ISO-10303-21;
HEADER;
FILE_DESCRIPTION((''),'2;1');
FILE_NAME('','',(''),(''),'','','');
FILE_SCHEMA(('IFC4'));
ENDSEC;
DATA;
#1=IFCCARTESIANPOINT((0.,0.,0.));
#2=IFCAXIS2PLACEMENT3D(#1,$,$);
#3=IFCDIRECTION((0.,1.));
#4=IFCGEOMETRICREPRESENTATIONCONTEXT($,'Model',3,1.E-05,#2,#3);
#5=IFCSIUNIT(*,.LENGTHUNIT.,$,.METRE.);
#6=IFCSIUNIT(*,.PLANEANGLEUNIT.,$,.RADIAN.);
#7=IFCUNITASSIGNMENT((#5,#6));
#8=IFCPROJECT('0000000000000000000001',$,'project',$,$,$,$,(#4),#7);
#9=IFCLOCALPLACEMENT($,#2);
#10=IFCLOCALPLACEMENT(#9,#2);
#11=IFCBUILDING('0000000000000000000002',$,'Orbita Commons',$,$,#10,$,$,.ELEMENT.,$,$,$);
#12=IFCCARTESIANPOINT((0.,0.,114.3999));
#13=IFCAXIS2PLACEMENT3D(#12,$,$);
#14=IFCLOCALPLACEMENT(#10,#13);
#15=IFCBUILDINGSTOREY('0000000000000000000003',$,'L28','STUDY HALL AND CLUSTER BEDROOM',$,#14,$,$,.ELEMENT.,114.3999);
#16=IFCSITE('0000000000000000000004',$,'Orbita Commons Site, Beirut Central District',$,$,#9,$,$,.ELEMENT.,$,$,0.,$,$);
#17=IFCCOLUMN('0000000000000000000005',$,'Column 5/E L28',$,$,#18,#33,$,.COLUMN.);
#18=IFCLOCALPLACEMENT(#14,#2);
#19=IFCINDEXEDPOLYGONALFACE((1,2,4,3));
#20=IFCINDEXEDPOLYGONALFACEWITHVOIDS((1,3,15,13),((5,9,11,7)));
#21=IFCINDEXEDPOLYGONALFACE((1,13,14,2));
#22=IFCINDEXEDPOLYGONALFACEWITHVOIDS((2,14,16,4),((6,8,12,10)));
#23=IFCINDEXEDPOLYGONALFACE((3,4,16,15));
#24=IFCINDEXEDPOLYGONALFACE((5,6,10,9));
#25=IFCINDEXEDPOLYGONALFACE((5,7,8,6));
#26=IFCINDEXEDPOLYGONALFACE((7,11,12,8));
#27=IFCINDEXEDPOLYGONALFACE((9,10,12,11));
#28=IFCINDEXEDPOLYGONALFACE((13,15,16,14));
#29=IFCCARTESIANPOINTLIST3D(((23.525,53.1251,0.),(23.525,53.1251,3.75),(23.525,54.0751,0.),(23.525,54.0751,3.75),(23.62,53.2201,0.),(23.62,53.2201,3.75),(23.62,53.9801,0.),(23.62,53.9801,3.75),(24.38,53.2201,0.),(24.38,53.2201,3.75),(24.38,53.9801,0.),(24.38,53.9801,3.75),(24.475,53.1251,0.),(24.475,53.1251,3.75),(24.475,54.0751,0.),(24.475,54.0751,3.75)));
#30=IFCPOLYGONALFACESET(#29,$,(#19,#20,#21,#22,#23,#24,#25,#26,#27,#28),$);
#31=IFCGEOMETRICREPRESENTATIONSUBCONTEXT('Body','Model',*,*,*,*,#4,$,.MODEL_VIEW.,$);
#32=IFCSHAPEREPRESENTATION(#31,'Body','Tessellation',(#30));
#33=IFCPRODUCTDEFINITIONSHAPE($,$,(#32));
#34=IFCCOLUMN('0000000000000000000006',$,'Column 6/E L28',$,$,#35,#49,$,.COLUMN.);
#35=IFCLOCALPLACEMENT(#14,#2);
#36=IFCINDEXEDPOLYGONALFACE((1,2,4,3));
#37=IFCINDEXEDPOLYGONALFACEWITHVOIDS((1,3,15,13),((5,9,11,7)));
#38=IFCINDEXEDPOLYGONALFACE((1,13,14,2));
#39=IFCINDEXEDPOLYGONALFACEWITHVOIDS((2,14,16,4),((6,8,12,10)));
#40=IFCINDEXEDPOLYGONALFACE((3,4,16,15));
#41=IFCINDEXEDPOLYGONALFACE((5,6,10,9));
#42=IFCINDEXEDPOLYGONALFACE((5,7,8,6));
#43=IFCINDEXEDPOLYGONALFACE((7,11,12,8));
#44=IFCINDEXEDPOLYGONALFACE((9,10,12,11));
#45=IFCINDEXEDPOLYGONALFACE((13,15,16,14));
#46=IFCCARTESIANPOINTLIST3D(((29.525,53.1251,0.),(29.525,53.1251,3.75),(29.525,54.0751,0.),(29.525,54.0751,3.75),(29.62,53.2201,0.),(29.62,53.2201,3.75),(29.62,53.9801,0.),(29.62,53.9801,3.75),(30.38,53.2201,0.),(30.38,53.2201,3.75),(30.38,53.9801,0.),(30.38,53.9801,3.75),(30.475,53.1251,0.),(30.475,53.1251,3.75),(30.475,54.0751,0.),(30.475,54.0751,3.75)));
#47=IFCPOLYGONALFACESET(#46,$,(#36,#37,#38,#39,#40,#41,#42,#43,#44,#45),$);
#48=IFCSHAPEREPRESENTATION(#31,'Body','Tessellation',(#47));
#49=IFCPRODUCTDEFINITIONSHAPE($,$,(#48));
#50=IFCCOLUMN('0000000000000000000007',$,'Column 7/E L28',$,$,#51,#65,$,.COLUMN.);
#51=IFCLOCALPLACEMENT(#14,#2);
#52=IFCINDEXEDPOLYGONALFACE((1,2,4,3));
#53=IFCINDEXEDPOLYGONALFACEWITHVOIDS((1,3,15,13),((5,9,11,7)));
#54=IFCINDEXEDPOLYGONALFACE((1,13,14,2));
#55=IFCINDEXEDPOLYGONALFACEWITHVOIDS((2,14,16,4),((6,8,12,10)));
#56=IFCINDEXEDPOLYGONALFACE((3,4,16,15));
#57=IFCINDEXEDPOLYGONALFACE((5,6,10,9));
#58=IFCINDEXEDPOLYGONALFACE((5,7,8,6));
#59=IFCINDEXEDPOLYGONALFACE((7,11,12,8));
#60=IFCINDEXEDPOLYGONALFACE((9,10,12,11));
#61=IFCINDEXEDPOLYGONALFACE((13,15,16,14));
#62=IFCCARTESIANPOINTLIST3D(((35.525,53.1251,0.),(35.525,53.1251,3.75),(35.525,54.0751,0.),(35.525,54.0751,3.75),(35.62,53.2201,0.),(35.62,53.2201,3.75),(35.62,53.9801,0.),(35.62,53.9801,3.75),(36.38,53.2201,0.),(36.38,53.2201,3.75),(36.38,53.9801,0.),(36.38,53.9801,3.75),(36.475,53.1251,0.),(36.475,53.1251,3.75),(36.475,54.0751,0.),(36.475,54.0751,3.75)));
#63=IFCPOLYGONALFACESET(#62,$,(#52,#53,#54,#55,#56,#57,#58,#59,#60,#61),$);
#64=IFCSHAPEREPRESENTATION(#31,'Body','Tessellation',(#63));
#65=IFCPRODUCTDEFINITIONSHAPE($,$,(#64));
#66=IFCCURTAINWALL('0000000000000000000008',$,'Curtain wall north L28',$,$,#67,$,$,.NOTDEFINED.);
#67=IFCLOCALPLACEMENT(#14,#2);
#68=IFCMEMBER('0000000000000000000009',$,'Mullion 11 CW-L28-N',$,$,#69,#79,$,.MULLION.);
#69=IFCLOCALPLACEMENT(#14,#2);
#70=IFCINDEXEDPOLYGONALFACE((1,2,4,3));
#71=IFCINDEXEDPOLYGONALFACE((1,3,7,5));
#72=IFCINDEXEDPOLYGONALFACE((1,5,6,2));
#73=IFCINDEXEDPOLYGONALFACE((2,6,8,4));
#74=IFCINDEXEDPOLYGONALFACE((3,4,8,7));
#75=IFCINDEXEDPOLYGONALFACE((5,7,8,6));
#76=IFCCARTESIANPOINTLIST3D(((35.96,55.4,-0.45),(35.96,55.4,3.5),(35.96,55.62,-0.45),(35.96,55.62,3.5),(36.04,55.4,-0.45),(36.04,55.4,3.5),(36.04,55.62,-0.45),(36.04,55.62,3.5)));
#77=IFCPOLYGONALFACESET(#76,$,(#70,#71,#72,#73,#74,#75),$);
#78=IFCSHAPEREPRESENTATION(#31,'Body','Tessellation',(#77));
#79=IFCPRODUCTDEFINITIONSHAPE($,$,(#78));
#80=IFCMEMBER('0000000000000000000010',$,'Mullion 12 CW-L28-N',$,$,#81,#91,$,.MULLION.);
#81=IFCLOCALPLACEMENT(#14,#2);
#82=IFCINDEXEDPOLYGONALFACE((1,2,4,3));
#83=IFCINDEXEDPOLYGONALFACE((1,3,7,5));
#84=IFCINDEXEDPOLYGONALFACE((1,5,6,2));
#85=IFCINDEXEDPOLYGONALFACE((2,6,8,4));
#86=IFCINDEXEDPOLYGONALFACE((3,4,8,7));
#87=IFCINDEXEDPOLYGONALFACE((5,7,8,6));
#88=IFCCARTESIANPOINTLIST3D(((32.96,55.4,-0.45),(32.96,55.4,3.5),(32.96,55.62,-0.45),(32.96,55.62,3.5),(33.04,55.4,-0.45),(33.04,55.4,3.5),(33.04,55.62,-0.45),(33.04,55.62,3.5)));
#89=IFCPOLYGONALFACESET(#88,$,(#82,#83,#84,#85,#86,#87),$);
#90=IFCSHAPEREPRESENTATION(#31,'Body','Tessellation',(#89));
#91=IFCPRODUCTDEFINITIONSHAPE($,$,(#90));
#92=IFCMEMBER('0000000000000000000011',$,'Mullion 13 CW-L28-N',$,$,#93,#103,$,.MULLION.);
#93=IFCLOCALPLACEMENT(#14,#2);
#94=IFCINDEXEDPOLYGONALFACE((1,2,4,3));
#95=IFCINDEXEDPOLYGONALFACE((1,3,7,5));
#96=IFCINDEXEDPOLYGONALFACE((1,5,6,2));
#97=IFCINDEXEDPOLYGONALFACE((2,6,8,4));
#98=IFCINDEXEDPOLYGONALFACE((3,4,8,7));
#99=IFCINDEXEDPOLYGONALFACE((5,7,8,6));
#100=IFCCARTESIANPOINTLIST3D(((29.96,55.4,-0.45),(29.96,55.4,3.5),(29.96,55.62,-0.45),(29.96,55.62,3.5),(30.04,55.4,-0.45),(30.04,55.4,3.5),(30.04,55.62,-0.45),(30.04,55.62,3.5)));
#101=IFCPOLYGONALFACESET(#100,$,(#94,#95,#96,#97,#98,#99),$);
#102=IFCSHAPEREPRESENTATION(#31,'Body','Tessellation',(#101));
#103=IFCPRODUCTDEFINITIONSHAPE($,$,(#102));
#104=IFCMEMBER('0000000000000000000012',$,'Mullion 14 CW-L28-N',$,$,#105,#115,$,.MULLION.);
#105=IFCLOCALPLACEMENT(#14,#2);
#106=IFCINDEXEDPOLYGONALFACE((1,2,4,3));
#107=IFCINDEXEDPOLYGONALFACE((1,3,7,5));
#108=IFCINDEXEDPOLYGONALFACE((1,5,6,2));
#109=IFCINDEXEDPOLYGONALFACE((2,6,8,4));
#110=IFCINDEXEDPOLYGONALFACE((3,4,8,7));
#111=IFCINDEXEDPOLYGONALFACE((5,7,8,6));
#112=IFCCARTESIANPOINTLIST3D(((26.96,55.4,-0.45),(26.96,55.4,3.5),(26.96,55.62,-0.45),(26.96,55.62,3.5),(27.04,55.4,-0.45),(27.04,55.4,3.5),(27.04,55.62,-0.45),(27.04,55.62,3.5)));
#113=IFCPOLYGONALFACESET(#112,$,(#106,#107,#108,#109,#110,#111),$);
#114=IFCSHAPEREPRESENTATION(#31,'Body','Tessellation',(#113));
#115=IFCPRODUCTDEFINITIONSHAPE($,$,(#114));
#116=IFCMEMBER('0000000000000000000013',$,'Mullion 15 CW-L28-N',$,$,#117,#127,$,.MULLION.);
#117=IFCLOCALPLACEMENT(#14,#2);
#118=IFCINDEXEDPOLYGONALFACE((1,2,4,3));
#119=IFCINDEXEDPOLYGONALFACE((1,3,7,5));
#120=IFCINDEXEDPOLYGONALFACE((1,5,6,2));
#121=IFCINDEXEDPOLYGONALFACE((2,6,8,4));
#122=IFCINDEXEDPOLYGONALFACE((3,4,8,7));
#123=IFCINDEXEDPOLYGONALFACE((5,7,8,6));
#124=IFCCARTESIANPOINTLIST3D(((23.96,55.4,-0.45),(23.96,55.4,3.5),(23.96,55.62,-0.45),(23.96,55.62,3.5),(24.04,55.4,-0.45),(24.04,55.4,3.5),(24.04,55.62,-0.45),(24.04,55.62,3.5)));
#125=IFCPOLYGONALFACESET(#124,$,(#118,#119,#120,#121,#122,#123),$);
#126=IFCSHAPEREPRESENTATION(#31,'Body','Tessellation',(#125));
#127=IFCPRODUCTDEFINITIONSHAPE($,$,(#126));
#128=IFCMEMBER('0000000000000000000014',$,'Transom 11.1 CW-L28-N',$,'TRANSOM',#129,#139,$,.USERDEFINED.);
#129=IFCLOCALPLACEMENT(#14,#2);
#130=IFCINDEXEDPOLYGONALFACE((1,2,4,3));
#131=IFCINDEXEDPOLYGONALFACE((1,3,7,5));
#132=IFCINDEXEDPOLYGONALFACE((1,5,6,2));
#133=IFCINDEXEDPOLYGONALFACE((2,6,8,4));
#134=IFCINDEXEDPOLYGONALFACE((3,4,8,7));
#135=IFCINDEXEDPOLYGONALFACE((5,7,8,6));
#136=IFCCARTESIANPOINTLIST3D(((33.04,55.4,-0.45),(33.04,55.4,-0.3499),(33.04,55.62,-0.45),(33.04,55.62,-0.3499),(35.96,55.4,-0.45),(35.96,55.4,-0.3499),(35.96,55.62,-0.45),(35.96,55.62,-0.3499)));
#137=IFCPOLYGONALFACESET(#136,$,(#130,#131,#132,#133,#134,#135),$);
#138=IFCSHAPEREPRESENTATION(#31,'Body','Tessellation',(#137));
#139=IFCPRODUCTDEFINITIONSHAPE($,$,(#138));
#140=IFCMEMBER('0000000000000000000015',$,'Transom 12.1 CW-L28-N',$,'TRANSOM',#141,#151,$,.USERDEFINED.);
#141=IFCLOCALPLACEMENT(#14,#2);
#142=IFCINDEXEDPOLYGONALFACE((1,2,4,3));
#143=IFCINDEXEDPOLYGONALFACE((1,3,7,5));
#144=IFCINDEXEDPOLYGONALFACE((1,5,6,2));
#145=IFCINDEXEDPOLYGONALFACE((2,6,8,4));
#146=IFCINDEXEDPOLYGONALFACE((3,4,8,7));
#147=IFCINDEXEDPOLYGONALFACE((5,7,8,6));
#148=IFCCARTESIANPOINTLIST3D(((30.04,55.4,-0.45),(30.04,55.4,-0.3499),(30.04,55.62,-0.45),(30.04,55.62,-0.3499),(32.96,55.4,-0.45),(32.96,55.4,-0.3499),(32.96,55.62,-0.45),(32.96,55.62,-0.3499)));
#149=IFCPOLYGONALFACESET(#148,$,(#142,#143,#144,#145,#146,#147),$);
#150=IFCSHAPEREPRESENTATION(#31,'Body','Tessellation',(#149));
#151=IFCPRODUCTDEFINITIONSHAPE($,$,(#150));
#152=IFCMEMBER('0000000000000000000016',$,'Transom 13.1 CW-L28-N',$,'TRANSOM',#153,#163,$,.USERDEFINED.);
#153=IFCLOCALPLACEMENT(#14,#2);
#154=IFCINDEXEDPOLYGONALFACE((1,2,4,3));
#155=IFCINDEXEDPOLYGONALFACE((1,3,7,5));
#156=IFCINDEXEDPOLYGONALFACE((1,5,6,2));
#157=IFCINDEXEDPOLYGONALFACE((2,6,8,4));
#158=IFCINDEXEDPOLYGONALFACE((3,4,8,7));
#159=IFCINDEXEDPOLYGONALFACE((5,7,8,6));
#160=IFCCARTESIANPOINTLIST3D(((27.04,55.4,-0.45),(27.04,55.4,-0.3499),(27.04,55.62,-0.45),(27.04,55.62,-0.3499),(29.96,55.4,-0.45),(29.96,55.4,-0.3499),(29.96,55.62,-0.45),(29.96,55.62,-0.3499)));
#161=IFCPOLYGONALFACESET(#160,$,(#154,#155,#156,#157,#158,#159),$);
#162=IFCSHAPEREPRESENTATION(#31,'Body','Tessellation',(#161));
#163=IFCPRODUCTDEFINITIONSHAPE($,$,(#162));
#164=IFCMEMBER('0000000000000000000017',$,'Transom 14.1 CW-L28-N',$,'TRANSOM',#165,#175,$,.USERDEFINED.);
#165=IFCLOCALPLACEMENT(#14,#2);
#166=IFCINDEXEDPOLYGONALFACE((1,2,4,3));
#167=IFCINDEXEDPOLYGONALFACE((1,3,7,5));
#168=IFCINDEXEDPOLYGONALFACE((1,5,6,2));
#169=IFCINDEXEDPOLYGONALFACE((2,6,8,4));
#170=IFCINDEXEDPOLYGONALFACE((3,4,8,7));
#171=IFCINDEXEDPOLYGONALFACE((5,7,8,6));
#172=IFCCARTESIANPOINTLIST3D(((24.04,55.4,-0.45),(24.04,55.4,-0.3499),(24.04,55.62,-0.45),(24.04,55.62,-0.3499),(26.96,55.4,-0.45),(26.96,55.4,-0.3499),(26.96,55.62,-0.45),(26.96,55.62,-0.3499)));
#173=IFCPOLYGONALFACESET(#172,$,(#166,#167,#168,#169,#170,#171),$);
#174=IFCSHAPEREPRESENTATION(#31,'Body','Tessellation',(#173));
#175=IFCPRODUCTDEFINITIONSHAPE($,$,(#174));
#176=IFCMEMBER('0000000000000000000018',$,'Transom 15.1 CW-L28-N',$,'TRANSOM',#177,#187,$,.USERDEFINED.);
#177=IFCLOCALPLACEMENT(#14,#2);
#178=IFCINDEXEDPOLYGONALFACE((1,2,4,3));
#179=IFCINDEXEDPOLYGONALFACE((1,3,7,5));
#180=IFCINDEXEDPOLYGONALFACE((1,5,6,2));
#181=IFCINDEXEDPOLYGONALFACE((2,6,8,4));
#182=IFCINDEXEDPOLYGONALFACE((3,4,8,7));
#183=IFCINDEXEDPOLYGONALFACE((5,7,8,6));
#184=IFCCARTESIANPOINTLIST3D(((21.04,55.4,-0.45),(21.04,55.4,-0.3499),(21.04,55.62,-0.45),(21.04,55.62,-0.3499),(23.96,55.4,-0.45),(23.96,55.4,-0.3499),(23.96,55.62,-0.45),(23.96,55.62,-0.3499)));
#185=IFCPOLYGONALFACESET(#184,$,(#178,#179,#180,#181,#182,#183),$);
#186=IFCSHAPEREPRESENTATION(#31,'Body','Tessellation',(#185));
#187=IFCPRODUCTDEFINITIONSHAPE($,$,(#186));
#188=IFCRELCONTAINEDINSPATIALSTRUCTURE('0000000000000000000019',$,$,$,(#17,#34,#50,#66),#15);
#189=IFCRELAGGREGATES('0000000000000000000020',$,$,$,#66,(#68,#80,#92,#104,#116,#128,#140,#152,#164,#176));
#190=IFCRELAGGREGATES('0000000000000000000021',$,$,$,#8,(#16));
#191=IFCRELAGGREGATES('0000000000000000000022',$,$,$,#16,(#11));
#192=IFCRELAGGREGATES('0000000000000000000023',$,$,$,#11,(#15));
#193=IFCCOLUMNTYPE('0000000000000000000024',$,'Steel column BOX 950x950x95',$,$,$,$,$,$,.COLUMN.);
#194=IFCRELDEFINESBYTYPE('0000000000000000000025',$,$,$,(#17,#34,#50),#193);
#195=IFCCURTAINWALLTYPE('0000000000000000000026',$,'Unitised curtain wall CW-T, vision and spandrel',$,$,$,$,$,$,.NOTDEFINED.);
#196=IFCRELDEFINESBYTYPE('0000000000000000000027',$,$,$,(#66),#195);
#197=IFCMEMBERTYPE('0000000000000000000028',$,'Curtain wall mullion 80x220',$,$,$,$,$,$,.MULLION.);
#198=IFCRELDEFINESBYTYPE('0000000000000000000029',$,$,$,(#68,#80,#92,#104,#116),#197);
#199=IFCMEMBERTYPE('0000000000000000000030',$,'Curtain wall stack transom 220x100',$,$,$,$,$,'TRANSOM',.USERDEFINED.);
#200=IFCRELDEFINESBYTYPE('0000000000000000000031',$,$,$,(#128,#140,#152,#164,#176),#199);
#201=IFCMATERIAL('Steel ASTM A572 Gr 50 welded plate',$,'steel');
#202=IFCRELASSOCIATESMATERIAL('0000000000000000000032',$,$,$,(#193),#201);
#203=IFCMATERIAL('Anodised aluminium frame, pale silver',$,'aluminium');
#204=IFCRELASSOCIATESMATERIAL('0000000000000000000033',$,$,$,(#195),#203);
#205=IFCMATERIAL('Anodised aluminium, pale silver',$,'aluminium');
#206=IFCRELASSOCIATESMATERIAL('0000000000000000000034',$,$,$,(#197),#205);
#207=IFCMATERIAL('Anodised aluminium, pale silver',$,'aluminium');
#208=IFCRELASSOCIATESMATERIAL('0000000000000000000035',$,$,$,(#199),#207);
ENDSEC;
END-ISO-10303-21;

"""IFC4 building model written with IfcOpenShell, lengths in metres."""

from ifc_helpers import new_model, si_unit, direction, frame, origin, origin_2d, place, context, subcontext, project, spatial, rectangle, hollow_rectangle, extrude, material, material_profile, profile_set, type_object, element, aggregate, save


model = new_model("IFC4")

# Units and contexts
model_context = context("Model", 3, precision=1e-05, world=origin(), true_north=direction((0.0, 1.0)))
body_context = subcontext(model_context, "Body", "Model", "MODEL_VIEW")
ifc_project = project(units=[si_unit("LENGTHUNIT", "METRE"), si_unit("PLANEANGLEUNIT", "RADIAN")], contexts=[model_context])

# Site, building, storey
site_placement = place(None, origin())
site = spatial("IfcSite", under=ifc_project, at=site_placement, Name="Orbita Commons Site, Beirut Central District", CompositionType="ELEMENT", RefElevation=0.0)
building_placement = place(site_placement, origin())
building = spatial("IfcBuilding", under=site, at=building_placement, Name="Orbita Commons", CompositionType="ELEMENT")
storey_placement = place(building_placement, frame((0.0, 0.0, 114.3999)))
storey = spatial("IfcBuildingStorey", under=building, at=storey_placement, Name="L28", Description="STUDY HALL AND CLUSTER BEDROOM", CompositionType="ELEMENT", Elevation=114.3999)

# Columns
ifc_material_1 = material(Name="Steel ASTM A572 Gr 50 welded plate", Category="steel")
ifc_material_profile_1 = material_profile(ifc_material_1, hollow_rectangle(XDim=0.95, YDim=0.95, WallThickness=0.095, at=origin_2d()), Name="BOX 950x950x95")
ifc_profile_set_1 = profile_set([ifc_material_profile_1], Name="Steel ASTM A572 Gr 50 welded plate")
column_type = type_object("IfcColumnType", Name="Steel column BOX 950x950x95", PredefinedType="COLUMN", material=ifc_profile_set_1)
for number, where, z_axis, x_axis, name in (
    (1, (24.0, 53.6001, 0.0), (0.0, 0.0, 1.0), (1.0, 0.0, 0.0), "Column 5/E L28"),
    (2, (30.0, 53.6001, 0.0), (0.0, 0.0, 1.0), (1.0, 0.0, 0.0), "Column 6/E L28"),
    (3, (36.0, 53.6001, 0.0), (0.0, 0.0, 1.0), (1.0, 0.0, 0.0), "Column 7/E L28"),
):
    element("IfcColumn", number, at=place(storey_placement, frame(where, z_axis=z_axis, x_axis=x_axis)), inside=storey, type_object=column_type, Name=name, PredefinedType="COLUMN", context=body_context, shape_type="SweptSolid", body=[
        extrude(hollow_rectangle(XDim=0.95, YDim=0.95, WallThickness=0.095, at=origin_2d()), origin(), (0.0, 0.0, 1.0), 3.75),
    ])

# Curtain wall, members
ifc_material_2 = material(Name="Anodised aluminium frame, pale silver", Category="aluminium")
curtain_wall_type = type_object("IfcCurtainWallType", Name="Unitised curtain wall CW-T, vision and spandrel", PredefinedType="NOTDEFINED", material=ifc_material_2)
curtain_wall_placement = place(storey_placement, origin())
curtain_wall = element("IfcCurtainWall", 4, at=curtain_wall_placement, inside=storey, type_object=curtain_wall_type, Name="Curtain wall north L28", PredefinedType="NOTDEFINED")
ifc_material_3 = material(Name="Anodised aluminium, pale silver", Category="aluminium")
ifc_material_profile_2 = material_profile(ifc_material_3, rectangle(XDim=0.0801, YDim=0.22, at=origin_2d()), Name="AL 80x220")
ifc_profile_set_2 = profile_set([ifc_material_profile_2], Name="Anodised aluminium, pale silver")
member_type_1 = type_object("IfcMemberType", Name="Curtain wall mullion 80x220", PredefinedType="MULLION", material=ifc_profile_set_2)
member_1_placement = place(storey_placement, frame((36.0, 55.51, -0.45), z_axis=(0.0, 0.0, 1.0), x_axis=(-1.0, 0.0, 0.0)))
member_1 = element("IfcMember", 5, at=member_1_placement, type_object=member_type_1, Name="Mullion 11 CW-L28-N", PredefinedType="MULLION", context=body_context, shape_type="SweptSolid", body=[
    extrude(rectangle(XDim=0.0801, YDim=0.22, at=origin_2d()), origin(), (0.0, 0.0, 1.0), 3.95),
])
member_2_placement = place(storey_placement, frame((33.0, 55.51, -0.45), z_axis=(0.0, 0.0, 1.0), x_axis=(-1.0, 0.0, 0.0)))
member_2 = element("IfcMember", 6, at=member_2_placement, type_object=member_type_1, Name="Mullion 12 CW-L28-N", PredefinedType="MULLION", context=body_context, shape_type="SweptSolid", body=[
    extrude(rectangle(XDim=0.0801, YDim=0.22, at=origin_2d()), origin(), (0.0, 0.0, 1.0), 3.95),
])
member_3_placement = place(storey_placement, frame((30.0, 55.51, -0.45), z_axis=(0.0, 0.0, 1.0), x_axis=(-1.0, 0.0, 0.0)))
member_3 = element("IfcMember", 7, at=member_3_placement, type_object=member_type_1, Name="Mullion 13 CW-L28-N", PredefinedType="MULLION", context=body_context, shape_type="SweptSolid", body=[
    extrude(rectangle(XDim=0.0801, YDim=0.22, at=origin_2d()), origin(), (0.0, 0.0, 1.0), 3.95),
])
member_4_placement = place(storey_placement, frame((27.0, 55.51, -0.45), z_axis=(0.0, 0.0, 1.0), x_axis=(-1.0, 0.0, 0.0)))
member_4 = element("IfcMember", 8, at=member_4_placement, type_object=member_type_1, Name="Mullion 14 CW-L28-N", PredefinedType="MULLION", context=body_context, shape_type="SweptSolid", body=[
    extrude(rectangle(XDim=0.0801, YDim=0.22, at=origin_2d()), origin(), (0.0, 0.0, 1.0), 3.95),
])
member_5_placement = place(storey_placement, frame((24.0, 55.51, -0.45), z_axis=(0.0, 0.0, 1.0), x_axis=(-1.0, 0.0, 0.0)))
member_5 = element("IfcMember", 9, at=member_5_placement, type_object=member_type_1, Name="Mullion 15 CW-L28-N", PredefinedType="MULLION", context=body_context, shape_type="SweptSolid", body=[
    extrude(rectangle(XDim=0.0801, YDim=0.22, at=origin_2d()), origin(), (0.0, 0.0, 1.0), 3.95),
])
ifc_material_4 = material(Name="Anodised aluminium, pale silver", Category="aluminium")
ifc_material_profile_3 = material_profile(ifc_material_4, rectangle(XDim=0.22, YDim=0.1001, at=origin_2d()), Name="AL 220x100")
ifc_profile_set_3 = profile_set([ifc_material_profile_3], Name="Anodised aluminium, pale silver")
member_type_2 = type_object("IfcMemberType", Name="Curtain wall stack transom 220x100", ElementType="TRANSOM", PredefinedType="USERDEFINED", material=ifc_profile_set_3)
member_6_placement = place(storey_placement, frame((35.96, 55.51, -0.3999), z_axis=(-1.0, 0.0, 0.0), x_axis=(0.0, -1.0, 0.0)))
member_6 = element("IfcMember", 10, at=member_6_placement, type_object=member_type_2, Name="Transom 11.1 CW-L28-N", ObjectType="TRANSOM", PredefinedType="USERDEFINED", context=body_context, shape_type="SweptSolid", body=[
    extrude(rectangle(XDim=0.22, YDim=0.1001, at=origin_2d()), origin(), (0.0, 0.0, 1.0), 2.9199),
])
member_7_placement = place(storey_placement, frame((32.96, 55.51, -0.3999), z_axis=(-1.0, 0.0, 0.0), x_axis=(0.0, -1.0, 0.0)))
member_7 = element("IfcMember", 11, at=member_7_placement, type_object=member_type_2, Name="Transom 12.1 CW-L28-N", ObjectType="TRANSOM", PredefinedType="USERDEFINED", context=body_context, shape_type="SweptSolid", body=[
    extrude(rectangle(XDim=0.22, YDim=0.1001, at=origin_2d()), origin(), (0.0, 0.0, 1.0), 2.9199),
])
member_8_placement = place(storey_placement, frame((29.96, 55.51, -0.3999), z_axis=(-1.0, 0.0, 0.0), x_axis=(0.0, -1.0, 0.0)))
member_8 = element("IfcMember", 12, at=member_8_placement, type_object=member_type_2, Name="Transom 13.1 CW-L28-N", ObjectType="TRANSOM", PredefinedType="USERDEFINED", context=body_context, shape_type="SweptSolid", body=[
    extrude(rectangle(XDim=0.22, YDim=0.1001, at=origin_2d()), origin(), (0.0, 0.0, 1.0), 2.9199),
])
member_9_placement = place(storey_placement, frame((26.96, 55.51, -0.3999), z_axis=(-1.0, 0.0, 0.0), x_axis=(0.0, -1.0, 0.0)))
member_9 = element("IfcMember", 13, at=member_9_placement, type_object=member_type_2, Name="Transom 14.1 CW-L28-N", ObjectType="TRANSOM", PredefinedType="USERDEFINED", context=body_context, shape_type="SweptSolid", body=[
    extrude(rectangle(XDim=0.22, YDim=0.1001, at=origin_2d()), origin(), (0.0, 0.0, 1.0), 2.9199),
])
member_10_placement = place(storey_placement, frame((23.96, 55.51, -0.3999), z_axis=(-1.0, 0.0, 0.0), x_axis=(0.0, -1.0, 0.0)))
member_10 = element("IfcMember", 14, at=member_10_placement, type_object=member_type_2, Name="Transom 15.1 CW-L28-N", ObjectType="TRANSOM", PredefinedType="USERDEFINED", context=body_context, shape_type="SweptSolid", body=[
    extrude(rectangle(XDim=0.22, YDim=0.1001, at=origin_2d()), origin(), (0.0, 0.0, 1.0), 2.9199),
])

aggregate(curtain_wall, [member_1, member_2, member_3, member_4, member_5, member_6, member_7, member_8, member_9, member_10])

save(model, "model.ifc")
